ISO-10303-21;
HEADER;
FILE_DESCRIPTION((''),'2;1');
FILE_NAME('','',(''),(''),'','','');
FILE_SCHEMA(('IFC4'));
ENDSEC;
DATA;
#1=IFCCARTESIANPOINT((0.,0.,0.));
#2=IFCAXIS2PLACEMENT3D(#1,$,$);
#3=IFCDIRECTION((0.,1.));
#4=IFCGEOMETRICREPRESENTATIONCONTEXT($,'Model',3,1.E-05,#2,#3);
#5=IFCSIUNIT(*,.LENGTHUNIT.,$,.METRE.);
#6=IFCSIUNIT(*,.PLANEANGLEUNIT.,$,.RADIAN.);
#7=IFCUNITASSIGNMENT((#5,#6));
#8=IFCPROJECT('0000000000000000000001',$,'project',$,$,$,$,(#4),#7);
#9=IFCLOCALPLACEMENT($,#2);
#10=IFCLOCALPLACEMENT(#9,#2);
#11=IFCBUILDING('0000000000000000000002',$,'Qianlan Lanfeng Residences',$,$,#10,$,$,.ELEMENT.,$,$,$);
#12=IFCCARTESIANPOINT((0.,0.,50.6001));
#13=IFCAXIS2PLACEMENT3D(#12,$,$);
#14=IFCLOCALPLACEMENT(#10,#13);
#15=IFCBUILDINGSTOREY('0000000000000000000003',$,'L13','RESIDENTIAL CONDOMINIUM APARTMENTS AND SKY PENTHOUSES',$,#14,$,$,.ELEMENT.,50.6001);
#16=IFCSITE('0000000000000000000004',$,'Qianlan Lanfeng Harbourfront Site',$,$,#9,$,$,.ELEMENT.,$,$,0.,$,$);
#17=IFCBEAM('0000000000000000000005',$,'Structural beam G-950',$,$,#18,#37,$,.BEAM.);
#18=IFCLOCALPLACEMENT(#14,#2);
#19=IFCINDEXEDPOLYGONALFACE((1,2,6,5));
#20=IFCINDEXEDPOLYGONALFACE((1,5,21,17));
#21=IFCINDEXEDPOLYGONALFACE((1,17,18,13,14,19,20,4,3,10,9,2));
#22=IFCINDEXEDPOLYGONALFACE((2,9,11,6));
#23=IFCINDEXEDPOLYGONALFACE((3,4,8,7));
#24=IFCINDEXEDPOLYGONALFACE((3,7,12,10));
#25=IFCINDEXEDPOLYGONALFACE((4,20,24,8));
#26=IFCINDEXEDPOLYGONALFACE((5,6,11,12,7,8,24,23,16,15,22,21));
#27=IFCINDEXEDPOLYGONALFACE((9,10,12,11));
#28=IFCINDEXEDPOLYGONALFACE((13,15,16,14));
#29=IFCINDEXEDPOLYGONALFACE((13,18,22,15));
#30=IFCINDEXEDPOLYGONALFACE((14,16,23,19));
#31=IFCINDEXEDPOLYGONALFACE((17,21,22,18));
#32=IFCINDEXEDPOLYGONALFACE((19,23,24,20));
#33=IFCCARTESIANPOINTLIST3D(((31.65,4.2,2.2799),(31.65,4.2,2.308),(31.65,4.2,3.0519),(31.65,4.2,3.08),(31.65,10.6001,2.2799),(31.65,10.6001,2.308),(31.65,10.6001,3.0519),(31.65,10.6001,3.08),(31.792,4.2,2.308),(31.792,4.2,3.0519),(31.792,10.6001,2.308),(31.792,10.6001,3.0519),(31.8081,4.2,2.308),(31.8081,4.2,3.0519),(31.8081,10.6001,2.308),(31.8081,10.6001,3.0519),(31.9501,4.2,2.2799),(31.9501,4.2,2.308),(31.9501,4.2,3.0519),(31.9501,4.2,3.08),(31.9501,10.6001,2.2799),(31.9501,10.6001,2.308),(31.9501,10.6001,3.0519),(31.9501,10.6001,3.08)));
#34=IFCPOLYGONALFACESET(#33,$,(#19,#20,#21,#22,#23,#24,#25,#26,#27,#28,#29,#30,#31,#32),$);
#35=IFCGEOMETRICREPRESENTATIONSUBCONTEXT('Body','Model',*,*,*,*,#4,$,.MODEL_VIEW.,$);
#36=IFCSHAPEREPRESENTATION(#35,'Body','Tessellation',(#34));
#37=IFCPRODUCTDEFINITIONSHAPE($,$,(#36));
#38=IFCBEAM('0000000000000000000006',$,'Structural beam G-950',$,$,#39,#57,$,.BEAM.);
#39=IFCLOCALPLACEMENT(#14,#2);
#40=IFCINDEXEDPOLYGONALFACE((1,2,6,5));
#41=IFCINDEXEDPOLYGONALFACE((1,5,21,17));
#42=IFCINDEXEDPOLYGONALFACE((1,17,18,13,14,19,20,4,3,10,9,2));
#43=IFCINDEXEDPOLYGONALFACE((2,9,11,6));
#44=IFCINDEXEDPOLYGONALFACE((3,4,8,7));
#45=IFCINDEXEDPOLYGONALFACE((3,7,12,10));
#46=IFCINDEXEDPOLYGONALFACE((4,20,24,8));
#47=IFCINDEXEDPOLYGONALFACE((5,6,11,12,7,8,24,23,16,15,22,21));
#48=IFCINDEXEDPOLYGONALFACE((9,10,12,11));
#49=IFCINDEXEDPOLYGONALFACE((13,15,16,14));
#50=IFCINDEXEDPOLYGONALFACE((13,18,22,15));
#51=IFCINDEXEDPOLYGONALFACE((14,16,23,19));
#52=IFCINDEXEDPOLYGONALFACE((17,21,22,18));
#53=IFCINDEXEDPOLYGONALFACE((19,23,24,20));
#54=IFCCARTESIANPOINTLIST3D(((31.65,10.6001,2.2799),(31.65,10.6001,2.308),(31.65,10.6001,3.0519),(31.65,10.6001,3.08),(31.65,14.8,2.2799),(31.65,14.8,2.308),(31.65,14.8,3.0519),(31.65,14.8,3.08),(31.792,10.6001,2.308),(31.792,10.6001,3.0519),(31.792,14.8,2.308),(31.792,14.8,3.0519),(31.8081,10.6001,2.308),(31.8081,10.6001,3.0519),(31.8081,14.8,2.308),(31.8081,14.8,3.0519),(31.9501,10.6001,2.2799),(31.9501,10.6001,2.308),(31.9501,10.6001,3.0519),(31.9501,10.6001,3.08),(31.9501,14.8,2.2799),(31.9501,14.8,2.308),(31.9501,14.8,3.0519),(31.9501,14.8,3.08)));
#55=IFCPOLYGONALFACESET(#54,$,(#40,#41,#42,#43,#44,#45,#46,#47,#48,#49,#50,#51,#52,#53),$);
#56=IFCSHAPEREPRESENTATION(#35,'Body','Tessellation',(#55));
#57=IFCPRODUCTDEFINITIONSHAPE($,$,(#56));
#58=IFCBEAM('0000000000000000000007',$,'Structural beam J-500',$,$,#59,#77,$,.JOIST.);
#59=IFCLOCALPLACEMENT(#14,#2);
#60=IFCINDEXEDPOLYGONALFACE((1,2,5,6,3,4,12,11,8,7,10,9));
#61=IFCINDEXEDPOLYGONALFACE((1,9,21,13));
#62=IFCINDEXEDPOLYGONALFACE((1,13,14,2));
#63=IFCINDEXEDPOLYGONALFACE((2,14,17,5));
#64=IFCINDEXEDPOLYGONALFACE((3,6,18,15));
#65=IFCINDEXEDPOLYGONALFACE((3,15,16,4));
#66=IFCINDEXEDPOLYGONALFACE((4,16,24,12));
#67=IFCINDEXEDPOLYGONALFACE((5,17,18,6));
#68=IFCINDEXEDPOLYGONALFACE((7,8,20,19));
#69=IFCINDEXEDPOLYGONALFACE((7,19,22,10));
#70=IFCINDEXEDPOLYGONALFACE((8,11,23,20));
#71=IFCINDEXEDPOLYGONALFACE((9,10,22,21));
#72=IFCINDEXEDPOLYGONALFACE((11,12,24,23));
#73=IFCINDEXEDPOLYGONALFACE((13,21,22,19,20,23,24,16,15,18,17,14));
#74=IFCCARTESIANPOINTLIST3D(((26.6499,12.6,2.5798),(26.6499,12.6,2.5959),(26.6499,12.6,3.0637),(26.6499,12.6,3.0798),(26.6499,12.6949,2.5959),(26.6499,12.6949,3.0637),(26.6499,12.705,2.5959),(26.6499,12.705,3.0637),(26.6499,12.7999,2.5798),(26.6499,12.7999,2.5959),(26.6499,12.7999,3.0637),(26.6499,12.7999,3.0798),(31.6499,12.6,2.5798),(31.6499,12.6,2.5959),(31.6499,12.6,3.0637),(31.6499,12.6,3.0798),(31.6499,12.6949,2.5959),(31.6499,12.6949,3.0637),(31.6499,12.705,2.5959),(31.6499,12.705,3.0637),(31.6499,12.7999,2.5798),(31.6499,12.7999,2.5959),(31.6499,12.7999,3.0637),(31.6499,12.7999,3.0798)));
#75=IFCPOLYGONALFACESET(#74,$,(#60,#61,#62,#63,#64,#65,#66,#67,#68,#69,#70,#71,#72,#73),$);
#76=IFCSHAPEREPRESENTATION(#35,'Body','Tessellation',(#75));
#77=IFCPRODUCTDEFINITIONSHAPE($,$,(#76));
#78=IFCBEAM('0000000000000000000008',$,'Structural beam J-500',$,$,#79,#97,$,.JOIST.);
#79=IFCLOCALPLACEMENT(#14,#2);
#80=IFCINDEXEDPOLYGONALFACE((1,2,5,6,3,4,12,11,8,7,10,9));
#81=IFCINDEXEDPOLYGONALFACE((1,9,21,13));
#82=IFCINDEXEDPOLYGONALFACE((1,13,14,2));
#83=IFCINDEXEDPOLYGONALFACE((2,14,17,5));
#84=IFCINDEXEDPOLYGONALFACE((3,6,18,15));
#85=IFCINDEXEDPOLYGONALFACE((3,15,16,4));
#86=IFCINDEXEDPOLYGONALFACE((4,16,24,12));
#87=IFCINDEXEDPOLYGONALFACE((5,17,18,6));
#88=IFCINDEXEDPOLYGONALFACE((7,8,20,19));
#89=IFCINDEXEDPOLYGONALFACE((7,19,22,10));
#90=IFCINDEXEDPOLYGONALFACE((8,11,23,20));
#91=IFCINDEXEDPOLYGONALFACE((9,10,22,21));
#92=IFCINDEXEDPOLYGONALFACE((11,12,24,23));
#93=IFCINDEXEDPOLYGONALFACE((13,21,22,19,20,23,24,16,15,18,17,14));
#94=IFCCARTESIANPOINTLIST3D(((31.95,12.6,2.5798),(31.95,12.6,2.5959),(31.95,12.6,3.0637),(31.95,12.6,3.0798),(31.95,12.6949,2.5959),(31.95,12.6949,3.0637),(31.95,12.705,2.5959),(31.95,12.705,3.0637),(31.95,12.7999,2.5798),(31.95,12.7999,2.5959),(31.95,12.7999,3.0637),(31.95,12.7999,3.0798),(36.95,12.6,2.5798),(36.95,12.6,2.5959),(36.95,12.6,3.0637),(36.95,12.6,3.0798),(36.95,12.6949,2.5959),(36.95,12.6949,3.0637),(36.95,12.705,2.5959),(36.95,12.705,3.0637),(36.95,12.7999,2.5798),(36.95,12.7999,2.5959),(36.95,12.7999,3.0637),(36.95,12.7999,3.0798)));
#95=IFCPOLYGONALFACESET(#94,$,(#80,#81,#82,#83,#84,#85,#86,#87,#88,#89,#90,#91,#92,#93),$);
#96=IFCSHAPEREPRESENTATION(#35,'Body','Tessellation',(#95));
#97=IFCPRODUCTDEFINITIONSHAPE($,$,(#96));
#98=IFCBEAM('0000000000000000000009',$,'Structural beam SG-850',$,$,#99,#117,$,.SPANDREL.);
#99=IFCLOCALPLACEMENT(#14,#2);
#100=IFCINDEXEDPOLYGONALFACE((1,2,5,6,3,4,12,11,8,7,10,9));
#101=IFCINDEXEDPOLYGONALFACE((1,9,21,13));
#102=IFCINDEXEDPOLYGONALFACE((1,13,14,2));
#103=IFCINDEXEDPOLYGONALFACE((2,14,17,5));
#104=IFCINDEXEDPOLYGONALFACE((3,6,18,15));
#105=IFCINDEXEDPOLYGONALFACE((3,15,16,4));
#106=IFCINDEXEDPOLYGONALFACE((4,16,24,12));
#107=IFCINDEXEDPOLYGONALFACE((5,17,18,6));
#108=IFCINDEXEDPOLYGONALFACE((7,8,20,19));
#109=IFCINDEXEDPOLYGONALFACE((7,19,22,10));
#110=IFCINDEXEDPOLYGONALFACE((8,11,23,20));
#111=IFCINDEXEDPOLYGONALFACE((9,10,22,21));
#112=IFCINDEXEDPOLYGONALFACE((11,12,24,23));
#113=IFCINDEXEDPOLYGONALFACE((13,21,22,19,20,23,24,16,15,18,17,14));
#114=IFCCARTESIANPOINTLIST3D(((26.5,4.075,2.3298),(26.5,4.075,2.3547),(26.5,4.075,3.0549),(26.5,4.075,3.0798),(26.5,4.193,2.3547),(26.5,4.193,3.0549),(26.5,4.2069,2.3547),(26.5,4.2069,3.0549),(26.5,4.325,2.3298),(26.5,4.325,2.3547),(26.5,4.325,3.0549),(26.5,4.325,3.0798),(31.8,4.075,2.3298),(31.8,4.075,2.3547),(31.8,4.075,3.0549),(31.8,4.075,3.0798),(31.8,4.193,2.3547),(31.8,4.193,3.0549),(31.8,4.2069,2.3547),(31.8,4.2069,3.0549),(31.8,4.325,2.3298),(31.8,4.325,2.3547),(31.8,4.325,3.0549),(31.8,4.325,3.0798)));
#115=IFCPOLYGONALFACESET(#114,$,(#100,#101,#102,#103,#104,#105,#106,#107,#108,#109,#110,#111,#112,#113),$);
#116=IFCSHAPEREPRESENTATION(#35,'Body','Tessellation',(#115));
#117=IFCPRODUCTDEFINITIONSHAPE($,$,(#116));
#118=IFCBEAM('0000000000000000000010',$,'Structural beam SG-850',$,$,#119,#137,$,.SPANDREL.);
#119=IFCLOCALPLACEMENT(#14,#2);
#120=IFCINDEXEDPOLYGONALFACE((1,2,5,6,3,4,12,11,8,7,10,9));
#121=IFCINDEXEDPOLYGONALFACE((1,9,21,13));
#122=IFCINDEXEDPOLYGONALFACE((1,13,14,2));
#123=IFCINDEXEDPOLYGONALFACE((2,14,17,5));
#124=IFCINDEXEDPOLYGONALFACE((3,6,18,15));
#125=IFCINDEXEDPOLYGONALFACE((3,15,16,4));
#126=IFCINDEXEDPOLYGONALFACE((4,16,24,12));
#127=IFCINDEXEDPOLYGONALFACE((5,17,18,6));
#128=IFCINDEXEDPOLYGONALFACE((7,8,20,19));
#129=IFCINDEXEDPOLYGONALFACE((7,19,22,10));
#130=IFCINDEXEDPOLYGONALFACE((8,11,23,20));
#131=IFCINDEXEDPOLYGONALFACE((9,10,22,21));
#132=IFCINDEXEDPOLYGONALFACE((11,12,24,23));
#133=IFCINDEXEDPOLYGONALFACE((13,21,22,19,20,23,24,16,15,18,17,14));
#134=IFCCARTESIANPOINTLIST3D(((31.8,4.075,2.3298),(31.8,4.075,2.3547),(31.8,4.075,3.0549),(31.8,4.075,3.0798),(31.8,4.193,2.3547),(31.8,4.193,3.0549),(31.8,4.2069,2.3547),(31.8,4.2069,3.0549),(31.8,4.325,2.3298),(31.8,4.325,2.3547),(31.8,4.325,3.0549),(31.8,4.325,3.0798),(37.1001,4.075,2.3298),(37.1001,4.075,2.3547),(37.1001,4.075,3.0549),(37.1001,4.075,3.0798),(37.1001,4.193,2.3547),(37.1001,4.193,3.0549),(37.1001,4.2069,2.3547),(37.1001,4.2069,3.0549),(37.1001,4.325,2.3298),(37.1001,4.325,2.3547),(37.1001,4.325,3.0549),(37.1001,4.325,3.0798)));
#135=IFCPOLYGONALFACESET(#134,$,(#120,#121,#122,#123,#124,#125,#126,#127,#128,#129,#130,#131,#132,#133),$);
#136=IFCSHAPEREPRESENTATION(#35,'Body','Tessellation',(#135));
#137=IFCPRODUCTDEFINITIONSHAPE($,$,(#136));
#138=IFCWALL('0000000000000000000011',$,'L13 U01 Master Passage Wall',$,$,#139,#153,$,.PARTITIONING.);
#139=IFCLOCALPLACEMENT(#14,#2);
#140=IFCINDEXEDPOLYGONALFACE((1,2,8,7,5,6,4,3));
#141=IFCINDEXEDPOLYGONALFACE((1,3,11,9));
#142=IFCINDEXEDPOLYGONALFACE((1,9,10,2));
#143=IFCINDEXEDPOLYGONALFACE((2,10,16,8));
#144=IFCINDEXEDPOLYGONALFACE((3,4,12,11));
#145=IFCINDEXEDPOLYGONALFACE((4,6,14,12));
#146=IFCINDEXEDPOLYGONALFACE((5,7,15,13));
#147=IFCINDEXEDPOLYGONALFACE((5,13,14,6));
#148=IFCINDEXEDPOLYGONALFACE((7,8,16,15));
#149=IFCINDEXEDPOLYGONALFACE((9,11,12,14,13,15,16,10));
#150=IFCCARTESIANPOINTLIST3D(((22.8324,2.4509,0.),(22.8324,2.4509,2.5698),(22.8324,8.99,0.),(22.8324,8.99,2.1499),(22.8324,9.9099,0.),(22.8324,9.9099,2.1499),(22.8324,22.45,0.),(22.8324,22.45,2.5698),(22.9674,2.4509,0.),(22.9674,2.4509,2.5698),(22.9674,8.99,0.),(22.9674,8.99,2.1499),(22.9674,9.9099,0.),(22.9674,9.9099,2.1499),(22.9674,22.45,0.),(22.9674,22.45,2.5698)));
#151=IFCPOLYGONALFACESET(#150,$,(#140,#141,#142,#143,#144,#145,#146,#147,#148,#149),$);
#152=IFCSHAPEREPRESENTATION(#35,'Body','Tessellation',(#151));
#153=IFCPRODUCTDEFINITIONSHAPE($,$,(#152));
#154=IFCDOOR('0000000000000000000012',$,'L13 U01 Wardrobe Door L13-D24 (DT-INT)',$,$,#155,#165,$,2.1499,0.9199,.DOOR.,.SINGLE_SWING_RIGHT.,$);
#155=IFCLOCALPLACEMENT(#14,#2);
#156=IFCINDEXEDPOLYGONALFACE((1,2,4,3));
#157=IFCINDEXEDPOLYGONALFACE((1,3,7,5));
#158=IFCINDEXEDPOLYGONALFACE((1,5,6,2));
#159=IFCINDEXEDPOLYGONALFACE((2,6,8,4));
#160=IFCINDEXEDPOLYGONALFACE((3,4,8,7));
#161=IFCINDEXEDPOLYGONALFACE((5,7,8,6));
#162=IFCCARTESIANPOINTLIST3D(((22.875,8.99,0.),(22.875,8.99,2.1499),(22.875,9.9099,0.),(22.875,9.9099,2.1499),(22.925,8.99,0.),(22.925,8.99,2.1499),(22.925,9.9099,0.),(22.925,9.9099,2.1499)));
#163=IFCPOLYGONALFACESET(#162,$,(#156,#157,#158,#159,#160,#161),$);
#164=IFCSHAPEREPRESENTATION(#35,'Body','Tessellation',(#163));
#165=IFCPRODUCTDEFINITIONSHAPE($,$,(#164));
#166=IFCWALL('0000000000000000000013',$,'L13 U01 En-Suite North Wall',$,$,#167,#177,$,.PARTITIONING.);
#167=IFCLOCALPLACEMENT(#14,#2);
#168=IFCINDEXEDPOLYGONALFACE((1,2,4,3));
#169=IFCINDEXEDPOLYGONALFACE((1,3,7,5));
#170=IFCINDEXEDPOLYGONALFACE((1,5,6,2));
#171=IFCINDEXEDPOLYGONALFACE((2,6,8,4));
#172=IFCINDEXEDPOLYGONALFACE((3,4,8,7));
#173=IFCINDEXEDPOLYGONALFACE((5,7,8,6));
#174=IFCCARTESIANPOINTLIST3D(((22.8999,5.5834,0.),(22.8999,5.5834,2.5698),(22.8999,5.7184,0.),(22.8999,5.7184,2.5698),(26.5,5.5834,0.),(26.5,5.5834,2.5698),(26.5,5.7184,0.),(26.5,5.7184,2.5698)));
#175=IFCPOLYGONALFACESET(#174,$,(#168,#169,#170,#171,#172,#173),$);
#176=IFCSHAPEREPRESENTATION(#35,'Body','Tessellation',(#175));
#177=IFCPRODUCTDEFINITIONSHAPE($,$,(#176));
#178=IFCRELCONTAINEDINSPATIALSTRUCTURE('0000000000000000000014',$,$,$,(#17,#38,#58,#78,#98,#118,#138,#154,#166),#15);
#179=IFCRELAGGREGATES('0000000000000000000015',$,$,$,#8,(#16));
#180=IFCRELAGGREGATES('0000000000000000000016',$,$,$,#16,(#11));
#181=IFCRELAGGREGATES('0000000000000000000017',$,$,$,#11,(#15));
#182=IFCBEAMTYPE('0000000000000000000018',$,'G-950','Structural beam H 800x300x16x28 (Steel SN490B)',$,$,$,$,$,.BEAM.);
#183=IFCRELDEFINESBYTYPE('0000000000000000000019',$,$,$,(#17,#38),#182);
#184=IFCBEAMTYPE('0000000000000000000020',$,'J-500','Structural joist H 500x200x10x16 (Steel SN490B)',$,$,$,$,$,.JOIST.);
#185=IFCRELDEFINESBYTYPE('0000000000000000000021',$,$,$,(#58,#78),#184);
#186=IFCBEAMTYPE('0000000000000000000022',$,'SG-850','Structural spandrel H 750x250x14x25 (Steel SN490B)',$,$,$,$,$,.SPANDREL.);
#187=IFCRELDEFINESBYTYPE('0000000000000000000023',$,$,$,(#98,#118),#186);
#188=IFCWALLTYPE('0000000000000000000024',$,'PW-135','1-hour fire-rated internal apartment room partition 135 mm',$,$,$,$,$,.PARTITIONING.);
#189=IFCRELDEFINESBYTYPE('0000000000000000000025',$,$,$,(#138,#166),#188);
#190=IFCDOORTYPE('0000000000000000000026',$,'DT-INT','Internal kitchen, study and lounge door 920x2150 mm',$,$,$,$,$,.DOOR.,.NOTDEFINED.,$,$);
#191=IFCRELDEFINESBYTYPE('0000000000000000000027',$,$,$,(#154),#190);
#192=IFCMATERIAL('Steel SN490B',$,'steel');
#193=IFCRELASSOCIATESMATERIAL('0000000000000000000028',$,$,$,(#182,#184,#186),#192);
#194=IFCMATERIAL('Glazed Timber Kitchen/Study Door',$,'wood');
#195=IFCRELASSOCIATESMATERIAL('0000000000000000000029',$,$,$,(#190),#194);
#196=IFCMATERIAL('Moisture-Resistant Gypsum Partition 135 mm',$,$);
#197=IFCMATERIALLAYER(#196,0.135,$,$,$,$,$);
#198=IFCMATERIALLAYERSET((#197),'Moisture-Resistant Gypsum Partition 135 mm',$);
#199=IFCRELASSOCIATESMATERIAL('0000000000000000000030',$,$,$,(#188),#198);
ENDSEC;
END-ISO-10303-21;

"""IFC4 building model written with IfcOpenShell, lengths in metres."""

from ifc_helpers import new_model, si_unit, direction, frame, frame_2d, origin, origin_2d, place, context, subcontext, project, spatial, rectangle, i_section, extrude, material, layer, layer_set, material_profile, profile_set, type_object, element, fill, save


model = new_model("IFC4")

# Units and contexts
model_context = context("Model", 3, precision=1e-05, world=origin(), true_north=direction((0.0, 1.0)))
body_context = subcontext(model_context, "Body", "Model", "MODEL_VIEW")
ifc_project = project(units=[si_unit("LENGTHUNIT", "METRE"), si_unit("PLANEANGLEUNIT", "RADIAN")], contexts=[model_context])

# Site, building, storey
site_placement = place(None, origin())
site = spatial("IfcSite", under=ifc_project, at=site_placement, Name="Qianlan Lanfeng Harbourfront Site", CompositionType="ELEMENT", RefElevation=0.0)
building_placement = place(site_placement, origin())
building = spatial("IfcBuilding", under=site, at=building_placement, Name="Qianlan Lanfeng Residences", CompositionType="ELEMENT")
storey_placement = place(building_placement, frame((0.0, 0.0, 50.6001)))
storey = spatial("IfcBuildingStorey", under=building, at=storey_placement, Name="L13", Description="RESIDENTIAL CONDOMINIUM APARTMENTS AND SKY PENTHOUSES", CompositionType="ELEMENT", Elevation=50.6001)

# Shared definitions
ifc_material_1 = material(Name="Steel SN490B", Category="steel")

# Beams
ifc_material_profile_1 = material_profile(ifc_material_1, i_section(OverallWidth=0.3, OverallDepth=0.8, WebThickness=0.0161, FlangeThickness=0.0281, at=origin_2d()), Name="H 800x300x16x28")
ifc_profile_set_1 = profile_set([ifc_material_profile_1], Name="Steel SN490B")
beam_type_1 = type_object("IfcBeamType", Name="G-950", Description="Structural beam H 800x300x16x28 (Steel SN490B)", PredefinedType="BEAM", material=ifc_profile_set_1)
beam_1_placement = place(storey_placement, frame((31.8, 4.2, 2.6799), z_axis=(0.0, 1.0, 0.0), x_axis=(-1.0, 0.0, 0.0)))
element("IfcBeam", 1, at=beam_1_placement, inside=storey, type_object=beam_type_1, Name="Structural beam G-950", PredefinedType="BEAM", context=body_context, shape_type="SweptSolid", body=[
    extrude(i_section(OverallWidth=0.3, OverallDepth=0.8, WebThickness=0.0161, FlangeThickness=0.0281, at=origin_2d()), origin(), (0.0, 0.0, 1.0), 6.4001),
])
beam_2_placement = place(storey_placement, frame((31.8, 10.6001, 2.6799), z_axis=(0.0, 1.0, 0.0), x_axis=(-1.0, 0.0, 0.0)))
element("IfcBeam", 2, at=beam_2_placement, inside=storey, type_object=beam_type_1, Name="Structural beam G-950", PredefinedType="BEAM", context=body_context, shape_type="SweptSolid", body=[
    extrude(i_section(OverallWidth=0.3, OverallDepth=0.8, WebThickness=0.0161, FlangeThickness=0.0281, at=origin_2d()), origin(), (0.0, 0.0, 1.0), 4.2),
])
ifc_material_profile_2 = material_profile(ifc_material_1, i_section(OverallWidth=0.2, OverallDepth=0.5, WebThickness=0.01, FlangeThickness=0.0161, at=origin_2d()), Name="H 500x200x10x16")
ifc_profile_set_2 = profile_set([ifc_material_profile_2], Name="Steel SN490B")
beam_type_2 = type_object("IfcBeamType", Name="J-500", Description="Structural joist H 500x200x10x16 (Steel SN490B)", PredefinedType="JOIST", material=ifc_profile_set_2)
for number, where, z_axis, x_axis, name in (
    (3, (26.6499, 12.7, 2.8298), (1.0, 0.0, 0.0), (0.0, 1.0, 0.0), "Structural beam J-500"),
    (4, (31.95, 12.7, 2.8298), (1.0, 0.0, 0.0), (0.0, 1.0, 0.0), "Structural beam J-500"),
):
    element("IfcBeam", number, at=place(storey_placement, frame(where, z_axis=z_axis, x_axis=x_axis)), inside=storey, type_object=beam_type_2, Name=name, PredefinedType="JOIST", context=body_context, shape_type="SweptSolid", body=[
        extrude(i_section(OverallWidth=0.2, OverallDepth=0.5, WebThickness=0.01, FlangeThickness=0.0161, at=origin_2d()), origin(), (0.0, 0.0, 1.0), 5.0),
    ])
ifc_material_profile_3 = material_profile(ifc_material_1, i_section(OverallWidth=0.25, OverallDepth=0.75, WebThickness=0.0139, FlangeThickness=0.0249, at=origin_2d()), Name="H 750x250x14x25")
ifc_profile_set_3 = profile_set([ifc_material_profile_3], Name="Steel SN490B")
beam_type_3 = type_object("IfcBeamType", Name="SG-850", Description="Structural spandrel H 750x250x14x25 (Steel SN490B)", PredefinedType="SPANDREL", material=ifc_profile_set_3)
for number, where, z_axis, x_axis, name in (
    (5, (26.5, 4.2, 2.7048), (1.0, 0.0, 0.0), (0.0, 1.0, 0.0), "Structural beam SG-850"),
    (6, (31.8, 4.2, 2.7048), (1.0, 0.0, 0.0), (0.0, 1.0, 0.0), "Structural beam SG-850"),
):
    element("IfcBeam", number, at=place(storey_placement, frame(where, z_axis=z_axis, x_axis=x_axis)), inside=storey, type_object=beam_type_3, Name=name, PredefinedType="SPANDREL", context=body_context, shape_type="SweptSolid", body=[
        extrude(i_section(OverallWidth=0.25, OverallDepth=0.75, WebThickness=0.0139, FlangeThickness=0.0249, at=origin_2d()), origin(), (0.0, 0.0, 1.0), 5.3),
    ])

# Wall, opening, door
ifc_material_2 = material(Name="Glazed Timber Kitchen/Study Door", Category="wood")
door_type_1 = type_object("IfcDoorType", Name="DT-INT", Description="Internal kitchen, study and lounge door 920x2150 mm", OperationType="NOTDEFINED", PredefinedType="DOOR", material=ifc_material_2)
ifc_material_3 = material(Name="Moisture-Resistant Gypsum Partition 135 mm")
ifc_layer_1 = layer(ifc_material_3, 0.135)
ifc_layer_set_1 = layer_set([ifc_layer_1], Name="Moisture-Resistant Gypsum Partition 135 mm")
wall_type_1 = type_object("IfcWallType", Name="PW-135", Description="1-hour fire-rated internal apartment room partition 135 mm", PredefinedType="PARTITIONING", material=ifc_layer_set_1)
wall_1_placement = place(storey_placement, frame((22.8999, 2.4509, 0.0), z_axis=(0.0, 0.0, 1.0), x_axis=(0.0, 1.0, 0.0)))
wall_1 = element("IfcWall", 7, at=wall_1_placement, inside=storey, type_object=wall_type_1, Name="L13 U01 Master Passage Wall", PredefinedType="PARTITIONING", context=body_context, shape_type="SweptSolid", body=[
    extrude(rectangle(XDim=19.999, YDim=0.135, at=frame_2d((9.9995, 0.0))), origin(), (0.0, 0.0, 1.0), 2.5698),
])
opening_1_placement = place(wall_1_placement, frame((6.5391, 0.0, 0.0)))
opening_1 = element("IfcOpeningElement", 8, at=opening_1_placement, cuts=wall_1, PredefinedType="OPENING", context=body_context, shape_type="SweptSolid", body=[
    extrude(rectangle(XDim=0.9199, YDim=2.1499, at=frame_2d((0.46, 1.075))), frame((0.0, 0.0776, 0.0), z_axis=(0.0, -1.0, 0.0), x_axis=(1.0, 0.0, 0.0)), (0.0, 0.0, 1.0), 0.155),
])
door_1_placement = place(opening_1_placement, origin())
door_1 = element("IfcDoor", 9, at=door_1_placement, inside=storey, type_object=door_type_1, Name="L13 U01 Wardrobe Door L13-D24 (DT-INT)", OperationType="SINGLE_SWING_RIGHT", OverallHeight=2.1499, OverallWidth=0.9199, PredefinedType="DOOR", context=body_context, shape_type="SweptSolid", body=[
    extrude(rectangle(XDim=0.9199, YDim=2.1499, at=frame_2d((0.46, 1.075))), frame((0.0, 0.0249, 0.0), z_axis=(0.0, -1.0, 0.0), x_axis=(1.0, 0.0, 0.0)), (0.0, 0.0, 1.0), 0.05),
])
fill(opening_1, door_1)

# Wall
wall_2_placement = place(storey_placement, frame((22.8999, 5.6509, 0.0), z_axis=(0.0, 0.0, 1.0), x_axis=(1.0, 0.0, 0.0)))
element("IfcWall", 10, at=wall_2_placement, inside=storey, type_object=wall_type_1, Name="L13 U01 En-Suite North Wall", PredefinedType="PARTITIONING", context=body_context, shape_type="SweptSolid", body=[
    extrude(rectangle(XDim=3.6001, YDim=0.135, at=frame_2d((1.8, 0.0))), origin(), (0.0, 0.0, 1.0), 2.5698),
])

save(model, "model.ifc")
